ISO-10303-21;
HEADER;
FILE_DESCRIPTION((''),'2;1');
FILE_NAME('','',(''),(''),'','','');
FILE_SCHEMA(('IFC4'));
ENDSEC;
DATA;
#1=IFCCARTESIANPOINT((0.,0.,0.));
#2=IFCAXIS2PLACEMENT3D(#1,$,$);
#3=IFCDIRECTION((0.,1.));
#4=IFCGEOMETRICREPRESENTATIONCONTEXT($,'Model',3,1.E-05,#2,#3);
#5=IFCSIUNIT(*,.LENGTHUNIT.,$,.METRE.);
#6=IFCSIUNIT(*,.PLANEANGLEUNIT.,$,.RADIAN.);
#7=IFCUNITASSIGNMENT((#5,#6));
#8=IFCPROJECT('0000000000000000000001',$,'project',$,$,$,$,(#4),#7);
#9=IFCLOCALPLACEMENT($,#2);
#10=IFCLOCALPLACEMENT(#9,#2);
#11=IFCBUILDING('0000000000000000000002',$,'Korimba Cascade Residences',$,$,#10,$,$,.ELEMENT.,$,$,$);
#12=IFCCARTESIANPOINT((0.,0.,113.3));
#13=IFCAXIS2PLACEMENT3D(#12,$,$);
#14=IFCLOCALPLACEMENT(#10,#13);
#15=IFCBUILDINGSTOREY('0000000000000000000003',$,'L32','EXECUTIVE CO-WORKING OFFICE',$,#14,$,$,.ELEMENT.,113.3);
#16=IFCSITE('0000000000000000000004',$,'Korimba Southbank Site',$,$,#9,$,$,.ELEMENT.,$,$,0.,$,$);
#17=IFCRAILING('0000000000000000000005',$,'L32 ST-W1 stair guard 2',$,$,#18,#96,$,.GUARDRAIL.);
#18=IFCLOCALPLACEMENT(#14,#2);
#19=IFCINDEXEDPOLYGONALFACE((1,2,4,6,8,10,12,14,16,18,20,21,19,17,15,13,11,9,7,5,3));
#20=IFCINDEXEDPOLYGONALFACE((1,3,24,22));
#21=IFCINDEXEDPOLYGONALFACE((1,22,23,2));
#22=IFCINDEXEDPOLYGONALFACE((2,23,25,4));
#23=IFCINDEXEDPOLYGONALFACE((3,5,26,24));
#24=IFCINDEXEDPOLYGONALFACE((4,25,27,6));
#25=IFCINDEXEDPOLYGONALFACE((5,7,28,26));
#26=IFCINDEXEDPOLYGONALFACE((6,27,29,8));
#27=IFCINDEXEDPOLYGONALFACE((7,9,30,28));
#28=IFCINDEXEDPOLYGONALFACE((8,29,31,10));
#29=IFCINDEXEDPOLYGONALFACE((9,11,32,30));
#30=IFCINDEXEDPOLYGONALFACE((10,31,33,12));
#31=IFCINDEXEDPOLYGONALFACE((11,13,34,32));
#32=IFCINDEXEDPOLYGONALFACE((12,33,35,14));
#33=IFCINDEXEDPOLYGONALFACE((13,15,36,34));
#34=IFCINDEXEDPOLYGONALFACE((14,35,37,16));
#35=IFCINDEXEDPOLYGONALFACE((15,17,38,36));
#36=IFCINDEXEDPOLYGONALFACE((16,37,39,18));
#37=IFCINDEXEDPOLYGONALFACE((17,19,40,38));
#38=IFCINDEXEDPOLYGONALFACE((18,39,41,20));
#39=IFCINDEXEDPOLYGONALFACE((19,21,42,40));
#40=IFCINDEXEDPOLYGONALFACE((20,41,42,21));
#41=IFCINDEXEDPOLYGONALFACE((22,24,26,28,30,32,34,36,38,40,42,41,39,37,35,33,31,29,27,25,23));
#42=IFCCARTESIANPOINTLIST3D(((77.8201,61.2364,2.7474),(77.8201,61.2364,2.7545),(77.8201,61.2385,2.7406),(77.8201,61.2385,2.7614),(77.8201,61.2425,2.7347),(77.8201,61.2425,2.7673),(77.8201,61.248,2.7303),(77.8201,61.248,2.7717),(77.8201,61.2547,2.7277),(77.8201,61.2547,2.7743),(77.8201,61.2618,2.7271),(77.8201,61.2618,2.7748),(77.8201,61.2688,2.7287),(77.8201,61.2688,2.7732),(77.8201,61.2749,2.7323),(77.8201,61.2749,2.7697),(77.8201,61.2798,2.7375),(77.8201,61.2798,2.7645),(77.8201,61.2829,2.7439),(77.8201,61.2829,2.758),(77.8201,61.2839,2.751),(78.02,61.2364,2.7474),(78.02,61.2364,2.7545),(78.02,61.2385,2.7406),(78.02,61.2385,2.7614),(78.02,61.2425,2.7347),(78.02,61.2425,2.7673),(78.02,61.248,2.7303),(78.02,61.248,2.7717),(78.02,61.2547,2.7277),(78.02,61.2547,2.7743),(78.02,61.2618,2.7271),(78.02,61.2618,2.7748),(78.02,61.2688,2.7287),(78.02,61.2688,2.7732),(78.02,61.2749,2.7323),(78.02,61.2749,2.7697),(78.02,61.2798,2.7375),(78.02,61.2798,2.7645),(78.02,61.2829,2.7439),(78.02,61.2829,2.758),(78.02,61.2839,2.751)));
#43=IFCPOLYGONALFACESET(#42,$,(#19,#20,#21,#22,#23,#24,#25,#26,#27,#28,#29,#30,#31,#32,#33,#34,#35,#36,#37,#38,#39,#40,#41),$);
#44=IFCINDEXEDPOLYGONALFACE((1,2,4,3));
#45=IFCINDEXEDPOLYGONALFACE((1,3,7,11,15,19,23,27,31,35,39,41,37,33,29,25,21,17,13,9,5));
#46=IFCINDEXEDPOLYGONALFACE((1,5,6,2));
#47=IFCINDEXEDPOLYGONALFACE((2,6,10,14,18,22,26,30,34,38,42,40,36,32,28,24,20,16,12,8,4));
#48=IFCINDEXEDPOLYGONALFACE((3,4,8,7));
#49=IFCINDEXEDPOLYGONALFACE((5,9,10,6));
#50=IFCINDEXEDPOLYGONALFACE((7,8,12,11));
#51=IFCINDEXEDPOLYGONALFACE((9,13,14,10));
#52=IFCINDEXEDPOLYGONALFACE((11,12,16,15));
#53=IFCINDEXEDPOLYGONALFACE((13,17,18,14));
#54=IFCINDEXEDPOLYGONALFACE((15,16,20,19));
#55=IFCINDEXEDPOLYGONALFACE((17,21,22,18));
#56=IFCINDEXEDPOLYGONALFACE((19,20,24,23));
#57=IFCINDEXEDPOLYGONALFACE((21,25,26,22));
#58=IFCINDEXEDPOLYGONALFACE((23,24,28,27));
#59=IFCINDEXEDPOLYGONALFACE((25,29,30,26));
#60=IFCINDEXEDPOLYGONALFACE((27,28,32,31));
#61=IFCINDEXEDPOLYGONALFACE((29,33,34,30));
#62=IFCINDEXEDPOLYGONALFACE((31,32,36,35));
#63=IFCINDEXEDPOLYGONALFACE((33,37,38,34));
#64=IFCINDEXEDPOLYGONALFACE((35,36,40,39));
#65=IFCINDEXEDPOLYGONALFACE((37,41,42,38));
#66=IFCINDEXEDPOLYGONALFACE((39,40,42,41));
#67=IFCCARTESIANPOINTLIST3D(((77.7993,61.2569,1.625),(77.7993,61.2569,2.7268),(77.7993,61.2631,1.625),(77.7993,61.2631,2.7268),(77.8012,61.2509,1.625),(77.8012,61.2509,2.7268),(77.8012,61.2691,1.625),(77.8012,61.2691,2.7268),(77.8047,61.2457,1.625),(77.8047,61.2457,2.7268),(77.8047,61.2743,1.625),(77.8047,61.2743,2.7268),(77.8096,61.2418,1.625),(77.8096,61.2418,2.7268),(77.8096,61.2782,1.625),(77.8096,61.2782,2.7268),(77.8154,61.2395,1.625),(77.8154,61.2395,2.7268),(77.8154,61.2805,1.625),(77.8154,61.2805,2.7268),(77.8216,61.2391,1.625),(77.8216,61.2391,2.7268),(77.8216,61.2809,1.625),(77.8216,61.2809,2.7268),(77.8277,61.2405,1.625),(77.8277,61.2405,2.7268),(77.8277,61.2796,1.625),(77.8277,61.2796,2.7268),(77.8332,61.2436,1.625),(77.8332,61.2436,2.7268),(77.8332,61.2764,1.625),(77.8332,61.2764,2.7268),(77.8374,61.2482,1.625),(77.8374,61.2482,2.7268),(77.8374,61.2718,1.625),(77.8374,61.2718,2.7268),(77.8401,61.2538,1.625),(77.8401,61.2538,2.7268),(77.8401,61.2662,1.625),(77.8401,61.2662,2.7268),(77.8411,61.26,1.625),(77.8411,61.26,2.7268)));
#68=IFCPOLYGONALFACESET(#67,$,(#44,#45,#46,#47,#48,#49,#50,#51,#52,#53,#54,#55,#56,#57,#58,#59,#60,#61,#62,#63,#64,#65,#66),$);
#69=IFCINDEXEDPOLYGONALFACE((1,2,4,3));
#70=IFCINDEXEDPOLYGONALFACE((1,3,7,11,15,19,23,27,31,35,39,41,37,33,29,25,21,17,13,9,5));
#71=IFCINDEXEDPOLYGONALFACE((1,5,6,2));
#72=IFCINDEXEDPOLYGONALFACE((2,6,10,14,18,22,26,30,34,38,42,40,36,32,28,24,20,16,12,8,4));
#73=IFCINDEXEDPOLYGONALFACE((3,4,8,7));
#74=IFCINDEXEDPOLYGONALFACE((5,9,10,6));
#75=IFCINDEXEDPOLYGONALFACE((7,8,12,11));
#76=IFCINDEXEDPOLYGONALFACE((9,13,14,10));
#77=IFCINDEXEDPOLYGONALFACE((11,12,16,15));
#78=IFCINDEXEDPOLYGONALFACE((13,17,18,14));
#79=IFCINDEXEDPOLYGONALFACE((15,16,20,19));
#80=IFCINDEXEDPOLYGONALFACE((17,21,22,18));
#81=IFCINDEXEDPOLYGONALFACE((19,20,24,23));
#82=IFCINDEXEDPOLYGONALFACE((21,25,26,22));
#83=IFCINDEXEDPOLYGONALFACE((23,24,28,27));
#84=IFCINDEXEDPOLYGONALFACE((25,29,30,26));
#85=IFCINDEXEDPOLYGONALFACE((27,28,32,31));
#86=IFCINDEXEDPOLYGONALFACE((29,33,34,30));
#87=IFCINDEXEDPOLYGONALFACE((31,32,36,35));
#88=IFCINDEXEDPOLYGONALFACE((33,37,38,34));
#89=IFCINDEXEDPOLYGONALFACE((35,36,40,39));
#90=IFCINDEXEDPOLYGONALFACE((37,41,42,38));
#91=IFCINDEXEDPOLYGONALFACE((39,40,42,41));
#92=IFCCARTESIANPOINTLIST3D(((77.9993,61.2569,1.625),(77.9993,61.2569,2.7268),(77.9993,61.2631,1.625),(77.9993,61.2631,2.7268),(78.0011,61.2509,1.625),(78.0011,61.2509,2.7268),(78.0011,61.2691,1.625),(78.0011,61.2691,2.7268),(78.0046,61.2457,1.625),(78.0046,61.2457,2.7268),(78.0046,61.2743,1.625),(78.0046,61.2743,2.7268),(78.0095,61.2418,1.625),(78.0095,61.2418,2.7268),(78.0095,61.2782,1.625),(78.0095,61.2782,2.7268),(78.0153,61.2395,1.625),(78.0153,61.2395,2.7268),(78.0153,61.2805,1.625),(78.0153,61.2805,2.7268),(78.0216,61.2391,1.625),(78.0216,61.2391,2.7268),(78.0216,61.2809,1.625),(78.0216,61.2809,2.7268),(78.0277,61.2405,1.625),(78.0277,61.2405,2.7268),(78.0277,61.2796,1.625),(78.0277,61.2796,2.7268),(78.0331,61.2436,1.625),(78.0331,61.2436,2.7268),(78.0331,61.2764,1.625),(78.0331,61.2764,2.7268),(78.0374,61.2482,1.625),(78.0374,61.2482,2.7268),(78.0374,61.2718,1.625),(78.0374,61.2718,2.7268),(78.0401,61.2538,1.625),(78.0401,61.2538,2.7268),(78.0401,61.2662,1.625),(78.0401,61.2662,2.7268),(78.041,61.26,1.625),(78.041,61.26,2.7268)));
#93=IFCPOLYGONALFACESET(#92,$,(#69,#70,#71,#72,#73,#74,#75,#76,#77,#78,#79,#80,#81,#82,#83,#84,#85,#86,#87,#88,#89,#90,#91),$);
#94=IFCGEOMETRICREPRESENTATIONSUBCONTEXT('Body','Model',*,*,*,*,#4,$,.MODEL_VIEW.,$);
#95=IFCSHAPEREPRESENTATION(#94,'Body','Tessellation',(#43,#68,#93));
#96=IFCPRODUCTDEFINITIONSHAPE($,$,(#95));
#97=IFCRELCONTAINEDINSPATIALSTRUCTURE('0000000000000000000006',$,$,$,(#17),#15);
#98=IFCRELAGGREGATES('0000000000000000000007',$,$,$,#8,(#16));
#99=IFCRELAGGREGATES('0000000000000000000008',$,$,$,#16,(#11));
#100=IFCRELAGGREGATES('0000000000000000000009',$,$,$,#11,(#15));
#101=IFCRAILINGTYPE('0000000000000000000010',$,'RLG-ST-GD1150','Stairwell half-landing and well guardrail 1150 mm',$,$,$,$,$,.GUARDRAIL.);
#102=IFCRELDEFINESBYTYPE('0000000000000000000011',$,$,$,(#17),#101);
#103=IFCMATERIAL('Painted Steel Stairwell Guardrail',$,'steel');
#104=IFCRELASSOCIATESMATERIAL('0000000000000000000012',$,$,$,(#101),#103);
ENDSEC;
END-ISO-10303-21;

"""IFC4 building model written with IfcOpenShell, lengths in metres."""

from ifc_helpers import new_model, si_unit, direction, frame, origin, origin_2d, place, context, subcontext, project, spatial, circle, extrude, material, type_object, element, save


model = new_model("IFC4")

# Units and contexts
model_context = context("Model", 3, precision=1e-05, world=origin(), true_north=direction((0.0, 1.0)))
body_context = subcontext(model_context, "Body", "Model", "MODEL_VIEW")
ifc_project = project(units=[si_unit("LENGTHUNIT", "METRE"), si_unit("PLANEANGLEUNIT", "RADIAN")], contexts=[model_context])

# Site, building, storey
site_placement = place(None, origin())
site = spatial("IfcSite", under=ifc_project, at=site_placement, Name="Korimba Southbank Site", CompositionType="ELEMENT", RefElevation=0.0)
building_placement = place(site_placement, origin())
building = spatial("IfcBuilding", under=site, at=building_placement, Name="Korimba Cascade Residences", CompositionType="ELEMENT")
storey_placement = place(building_placement, frame((0.0, 0.0, 113.3)))
storey = spatial("IfcBuildingStorey", under=building, at=storey_placement, Name="L32", Description="EXECUTIVE CO-WORKING OFFICE", CompositionType="ELEMENT", Elevation=113.3)

# Railing
ifc_material_1 = material(Name="Painted Steel Stairwell Guardrail", Category="steel")
railing_type_1 = type_object("IfcRailingType", Name="RLG-ST-GD1150", Description="Stairwell half-landing and well guardrail 1150 mm", PredefinedType="GUARDRAIL", material=ifc_material_1)
railing_1_placement = place(storey_placement, frame((77.8201, 61.26, 1.625)))
element("IfcRailing", 1, at=railing_1_placement, inside=storey, type_object=railing_type_1, Name="L32 ST-W1 stair guard 2", PredefinedType="GUARDRAIL", context=body_context, shape_type="SweptSolid", body=[
    extrude(circle(Radius=0.0239, at=origin_2d()), frame((0.0, 0.0, 1.126), z_axis=(1.0, 0.0, 0.0), x_axis=(0.0, 1.0, 0.0)), (0.0, 0.0, 1.0), 0.2),
    extrude(circle(Radius=0.021, at=origin_2d()), origin(), (0.0, 0.0, 1.0), 1.1018),
    extrude(circle(Radius=0.021, at=origin_2d()), frame((0.2, 0.0, 0.0)), (0.0, 0.0, 1.0), 1.1018),
])

save(model, "model.ifc")
